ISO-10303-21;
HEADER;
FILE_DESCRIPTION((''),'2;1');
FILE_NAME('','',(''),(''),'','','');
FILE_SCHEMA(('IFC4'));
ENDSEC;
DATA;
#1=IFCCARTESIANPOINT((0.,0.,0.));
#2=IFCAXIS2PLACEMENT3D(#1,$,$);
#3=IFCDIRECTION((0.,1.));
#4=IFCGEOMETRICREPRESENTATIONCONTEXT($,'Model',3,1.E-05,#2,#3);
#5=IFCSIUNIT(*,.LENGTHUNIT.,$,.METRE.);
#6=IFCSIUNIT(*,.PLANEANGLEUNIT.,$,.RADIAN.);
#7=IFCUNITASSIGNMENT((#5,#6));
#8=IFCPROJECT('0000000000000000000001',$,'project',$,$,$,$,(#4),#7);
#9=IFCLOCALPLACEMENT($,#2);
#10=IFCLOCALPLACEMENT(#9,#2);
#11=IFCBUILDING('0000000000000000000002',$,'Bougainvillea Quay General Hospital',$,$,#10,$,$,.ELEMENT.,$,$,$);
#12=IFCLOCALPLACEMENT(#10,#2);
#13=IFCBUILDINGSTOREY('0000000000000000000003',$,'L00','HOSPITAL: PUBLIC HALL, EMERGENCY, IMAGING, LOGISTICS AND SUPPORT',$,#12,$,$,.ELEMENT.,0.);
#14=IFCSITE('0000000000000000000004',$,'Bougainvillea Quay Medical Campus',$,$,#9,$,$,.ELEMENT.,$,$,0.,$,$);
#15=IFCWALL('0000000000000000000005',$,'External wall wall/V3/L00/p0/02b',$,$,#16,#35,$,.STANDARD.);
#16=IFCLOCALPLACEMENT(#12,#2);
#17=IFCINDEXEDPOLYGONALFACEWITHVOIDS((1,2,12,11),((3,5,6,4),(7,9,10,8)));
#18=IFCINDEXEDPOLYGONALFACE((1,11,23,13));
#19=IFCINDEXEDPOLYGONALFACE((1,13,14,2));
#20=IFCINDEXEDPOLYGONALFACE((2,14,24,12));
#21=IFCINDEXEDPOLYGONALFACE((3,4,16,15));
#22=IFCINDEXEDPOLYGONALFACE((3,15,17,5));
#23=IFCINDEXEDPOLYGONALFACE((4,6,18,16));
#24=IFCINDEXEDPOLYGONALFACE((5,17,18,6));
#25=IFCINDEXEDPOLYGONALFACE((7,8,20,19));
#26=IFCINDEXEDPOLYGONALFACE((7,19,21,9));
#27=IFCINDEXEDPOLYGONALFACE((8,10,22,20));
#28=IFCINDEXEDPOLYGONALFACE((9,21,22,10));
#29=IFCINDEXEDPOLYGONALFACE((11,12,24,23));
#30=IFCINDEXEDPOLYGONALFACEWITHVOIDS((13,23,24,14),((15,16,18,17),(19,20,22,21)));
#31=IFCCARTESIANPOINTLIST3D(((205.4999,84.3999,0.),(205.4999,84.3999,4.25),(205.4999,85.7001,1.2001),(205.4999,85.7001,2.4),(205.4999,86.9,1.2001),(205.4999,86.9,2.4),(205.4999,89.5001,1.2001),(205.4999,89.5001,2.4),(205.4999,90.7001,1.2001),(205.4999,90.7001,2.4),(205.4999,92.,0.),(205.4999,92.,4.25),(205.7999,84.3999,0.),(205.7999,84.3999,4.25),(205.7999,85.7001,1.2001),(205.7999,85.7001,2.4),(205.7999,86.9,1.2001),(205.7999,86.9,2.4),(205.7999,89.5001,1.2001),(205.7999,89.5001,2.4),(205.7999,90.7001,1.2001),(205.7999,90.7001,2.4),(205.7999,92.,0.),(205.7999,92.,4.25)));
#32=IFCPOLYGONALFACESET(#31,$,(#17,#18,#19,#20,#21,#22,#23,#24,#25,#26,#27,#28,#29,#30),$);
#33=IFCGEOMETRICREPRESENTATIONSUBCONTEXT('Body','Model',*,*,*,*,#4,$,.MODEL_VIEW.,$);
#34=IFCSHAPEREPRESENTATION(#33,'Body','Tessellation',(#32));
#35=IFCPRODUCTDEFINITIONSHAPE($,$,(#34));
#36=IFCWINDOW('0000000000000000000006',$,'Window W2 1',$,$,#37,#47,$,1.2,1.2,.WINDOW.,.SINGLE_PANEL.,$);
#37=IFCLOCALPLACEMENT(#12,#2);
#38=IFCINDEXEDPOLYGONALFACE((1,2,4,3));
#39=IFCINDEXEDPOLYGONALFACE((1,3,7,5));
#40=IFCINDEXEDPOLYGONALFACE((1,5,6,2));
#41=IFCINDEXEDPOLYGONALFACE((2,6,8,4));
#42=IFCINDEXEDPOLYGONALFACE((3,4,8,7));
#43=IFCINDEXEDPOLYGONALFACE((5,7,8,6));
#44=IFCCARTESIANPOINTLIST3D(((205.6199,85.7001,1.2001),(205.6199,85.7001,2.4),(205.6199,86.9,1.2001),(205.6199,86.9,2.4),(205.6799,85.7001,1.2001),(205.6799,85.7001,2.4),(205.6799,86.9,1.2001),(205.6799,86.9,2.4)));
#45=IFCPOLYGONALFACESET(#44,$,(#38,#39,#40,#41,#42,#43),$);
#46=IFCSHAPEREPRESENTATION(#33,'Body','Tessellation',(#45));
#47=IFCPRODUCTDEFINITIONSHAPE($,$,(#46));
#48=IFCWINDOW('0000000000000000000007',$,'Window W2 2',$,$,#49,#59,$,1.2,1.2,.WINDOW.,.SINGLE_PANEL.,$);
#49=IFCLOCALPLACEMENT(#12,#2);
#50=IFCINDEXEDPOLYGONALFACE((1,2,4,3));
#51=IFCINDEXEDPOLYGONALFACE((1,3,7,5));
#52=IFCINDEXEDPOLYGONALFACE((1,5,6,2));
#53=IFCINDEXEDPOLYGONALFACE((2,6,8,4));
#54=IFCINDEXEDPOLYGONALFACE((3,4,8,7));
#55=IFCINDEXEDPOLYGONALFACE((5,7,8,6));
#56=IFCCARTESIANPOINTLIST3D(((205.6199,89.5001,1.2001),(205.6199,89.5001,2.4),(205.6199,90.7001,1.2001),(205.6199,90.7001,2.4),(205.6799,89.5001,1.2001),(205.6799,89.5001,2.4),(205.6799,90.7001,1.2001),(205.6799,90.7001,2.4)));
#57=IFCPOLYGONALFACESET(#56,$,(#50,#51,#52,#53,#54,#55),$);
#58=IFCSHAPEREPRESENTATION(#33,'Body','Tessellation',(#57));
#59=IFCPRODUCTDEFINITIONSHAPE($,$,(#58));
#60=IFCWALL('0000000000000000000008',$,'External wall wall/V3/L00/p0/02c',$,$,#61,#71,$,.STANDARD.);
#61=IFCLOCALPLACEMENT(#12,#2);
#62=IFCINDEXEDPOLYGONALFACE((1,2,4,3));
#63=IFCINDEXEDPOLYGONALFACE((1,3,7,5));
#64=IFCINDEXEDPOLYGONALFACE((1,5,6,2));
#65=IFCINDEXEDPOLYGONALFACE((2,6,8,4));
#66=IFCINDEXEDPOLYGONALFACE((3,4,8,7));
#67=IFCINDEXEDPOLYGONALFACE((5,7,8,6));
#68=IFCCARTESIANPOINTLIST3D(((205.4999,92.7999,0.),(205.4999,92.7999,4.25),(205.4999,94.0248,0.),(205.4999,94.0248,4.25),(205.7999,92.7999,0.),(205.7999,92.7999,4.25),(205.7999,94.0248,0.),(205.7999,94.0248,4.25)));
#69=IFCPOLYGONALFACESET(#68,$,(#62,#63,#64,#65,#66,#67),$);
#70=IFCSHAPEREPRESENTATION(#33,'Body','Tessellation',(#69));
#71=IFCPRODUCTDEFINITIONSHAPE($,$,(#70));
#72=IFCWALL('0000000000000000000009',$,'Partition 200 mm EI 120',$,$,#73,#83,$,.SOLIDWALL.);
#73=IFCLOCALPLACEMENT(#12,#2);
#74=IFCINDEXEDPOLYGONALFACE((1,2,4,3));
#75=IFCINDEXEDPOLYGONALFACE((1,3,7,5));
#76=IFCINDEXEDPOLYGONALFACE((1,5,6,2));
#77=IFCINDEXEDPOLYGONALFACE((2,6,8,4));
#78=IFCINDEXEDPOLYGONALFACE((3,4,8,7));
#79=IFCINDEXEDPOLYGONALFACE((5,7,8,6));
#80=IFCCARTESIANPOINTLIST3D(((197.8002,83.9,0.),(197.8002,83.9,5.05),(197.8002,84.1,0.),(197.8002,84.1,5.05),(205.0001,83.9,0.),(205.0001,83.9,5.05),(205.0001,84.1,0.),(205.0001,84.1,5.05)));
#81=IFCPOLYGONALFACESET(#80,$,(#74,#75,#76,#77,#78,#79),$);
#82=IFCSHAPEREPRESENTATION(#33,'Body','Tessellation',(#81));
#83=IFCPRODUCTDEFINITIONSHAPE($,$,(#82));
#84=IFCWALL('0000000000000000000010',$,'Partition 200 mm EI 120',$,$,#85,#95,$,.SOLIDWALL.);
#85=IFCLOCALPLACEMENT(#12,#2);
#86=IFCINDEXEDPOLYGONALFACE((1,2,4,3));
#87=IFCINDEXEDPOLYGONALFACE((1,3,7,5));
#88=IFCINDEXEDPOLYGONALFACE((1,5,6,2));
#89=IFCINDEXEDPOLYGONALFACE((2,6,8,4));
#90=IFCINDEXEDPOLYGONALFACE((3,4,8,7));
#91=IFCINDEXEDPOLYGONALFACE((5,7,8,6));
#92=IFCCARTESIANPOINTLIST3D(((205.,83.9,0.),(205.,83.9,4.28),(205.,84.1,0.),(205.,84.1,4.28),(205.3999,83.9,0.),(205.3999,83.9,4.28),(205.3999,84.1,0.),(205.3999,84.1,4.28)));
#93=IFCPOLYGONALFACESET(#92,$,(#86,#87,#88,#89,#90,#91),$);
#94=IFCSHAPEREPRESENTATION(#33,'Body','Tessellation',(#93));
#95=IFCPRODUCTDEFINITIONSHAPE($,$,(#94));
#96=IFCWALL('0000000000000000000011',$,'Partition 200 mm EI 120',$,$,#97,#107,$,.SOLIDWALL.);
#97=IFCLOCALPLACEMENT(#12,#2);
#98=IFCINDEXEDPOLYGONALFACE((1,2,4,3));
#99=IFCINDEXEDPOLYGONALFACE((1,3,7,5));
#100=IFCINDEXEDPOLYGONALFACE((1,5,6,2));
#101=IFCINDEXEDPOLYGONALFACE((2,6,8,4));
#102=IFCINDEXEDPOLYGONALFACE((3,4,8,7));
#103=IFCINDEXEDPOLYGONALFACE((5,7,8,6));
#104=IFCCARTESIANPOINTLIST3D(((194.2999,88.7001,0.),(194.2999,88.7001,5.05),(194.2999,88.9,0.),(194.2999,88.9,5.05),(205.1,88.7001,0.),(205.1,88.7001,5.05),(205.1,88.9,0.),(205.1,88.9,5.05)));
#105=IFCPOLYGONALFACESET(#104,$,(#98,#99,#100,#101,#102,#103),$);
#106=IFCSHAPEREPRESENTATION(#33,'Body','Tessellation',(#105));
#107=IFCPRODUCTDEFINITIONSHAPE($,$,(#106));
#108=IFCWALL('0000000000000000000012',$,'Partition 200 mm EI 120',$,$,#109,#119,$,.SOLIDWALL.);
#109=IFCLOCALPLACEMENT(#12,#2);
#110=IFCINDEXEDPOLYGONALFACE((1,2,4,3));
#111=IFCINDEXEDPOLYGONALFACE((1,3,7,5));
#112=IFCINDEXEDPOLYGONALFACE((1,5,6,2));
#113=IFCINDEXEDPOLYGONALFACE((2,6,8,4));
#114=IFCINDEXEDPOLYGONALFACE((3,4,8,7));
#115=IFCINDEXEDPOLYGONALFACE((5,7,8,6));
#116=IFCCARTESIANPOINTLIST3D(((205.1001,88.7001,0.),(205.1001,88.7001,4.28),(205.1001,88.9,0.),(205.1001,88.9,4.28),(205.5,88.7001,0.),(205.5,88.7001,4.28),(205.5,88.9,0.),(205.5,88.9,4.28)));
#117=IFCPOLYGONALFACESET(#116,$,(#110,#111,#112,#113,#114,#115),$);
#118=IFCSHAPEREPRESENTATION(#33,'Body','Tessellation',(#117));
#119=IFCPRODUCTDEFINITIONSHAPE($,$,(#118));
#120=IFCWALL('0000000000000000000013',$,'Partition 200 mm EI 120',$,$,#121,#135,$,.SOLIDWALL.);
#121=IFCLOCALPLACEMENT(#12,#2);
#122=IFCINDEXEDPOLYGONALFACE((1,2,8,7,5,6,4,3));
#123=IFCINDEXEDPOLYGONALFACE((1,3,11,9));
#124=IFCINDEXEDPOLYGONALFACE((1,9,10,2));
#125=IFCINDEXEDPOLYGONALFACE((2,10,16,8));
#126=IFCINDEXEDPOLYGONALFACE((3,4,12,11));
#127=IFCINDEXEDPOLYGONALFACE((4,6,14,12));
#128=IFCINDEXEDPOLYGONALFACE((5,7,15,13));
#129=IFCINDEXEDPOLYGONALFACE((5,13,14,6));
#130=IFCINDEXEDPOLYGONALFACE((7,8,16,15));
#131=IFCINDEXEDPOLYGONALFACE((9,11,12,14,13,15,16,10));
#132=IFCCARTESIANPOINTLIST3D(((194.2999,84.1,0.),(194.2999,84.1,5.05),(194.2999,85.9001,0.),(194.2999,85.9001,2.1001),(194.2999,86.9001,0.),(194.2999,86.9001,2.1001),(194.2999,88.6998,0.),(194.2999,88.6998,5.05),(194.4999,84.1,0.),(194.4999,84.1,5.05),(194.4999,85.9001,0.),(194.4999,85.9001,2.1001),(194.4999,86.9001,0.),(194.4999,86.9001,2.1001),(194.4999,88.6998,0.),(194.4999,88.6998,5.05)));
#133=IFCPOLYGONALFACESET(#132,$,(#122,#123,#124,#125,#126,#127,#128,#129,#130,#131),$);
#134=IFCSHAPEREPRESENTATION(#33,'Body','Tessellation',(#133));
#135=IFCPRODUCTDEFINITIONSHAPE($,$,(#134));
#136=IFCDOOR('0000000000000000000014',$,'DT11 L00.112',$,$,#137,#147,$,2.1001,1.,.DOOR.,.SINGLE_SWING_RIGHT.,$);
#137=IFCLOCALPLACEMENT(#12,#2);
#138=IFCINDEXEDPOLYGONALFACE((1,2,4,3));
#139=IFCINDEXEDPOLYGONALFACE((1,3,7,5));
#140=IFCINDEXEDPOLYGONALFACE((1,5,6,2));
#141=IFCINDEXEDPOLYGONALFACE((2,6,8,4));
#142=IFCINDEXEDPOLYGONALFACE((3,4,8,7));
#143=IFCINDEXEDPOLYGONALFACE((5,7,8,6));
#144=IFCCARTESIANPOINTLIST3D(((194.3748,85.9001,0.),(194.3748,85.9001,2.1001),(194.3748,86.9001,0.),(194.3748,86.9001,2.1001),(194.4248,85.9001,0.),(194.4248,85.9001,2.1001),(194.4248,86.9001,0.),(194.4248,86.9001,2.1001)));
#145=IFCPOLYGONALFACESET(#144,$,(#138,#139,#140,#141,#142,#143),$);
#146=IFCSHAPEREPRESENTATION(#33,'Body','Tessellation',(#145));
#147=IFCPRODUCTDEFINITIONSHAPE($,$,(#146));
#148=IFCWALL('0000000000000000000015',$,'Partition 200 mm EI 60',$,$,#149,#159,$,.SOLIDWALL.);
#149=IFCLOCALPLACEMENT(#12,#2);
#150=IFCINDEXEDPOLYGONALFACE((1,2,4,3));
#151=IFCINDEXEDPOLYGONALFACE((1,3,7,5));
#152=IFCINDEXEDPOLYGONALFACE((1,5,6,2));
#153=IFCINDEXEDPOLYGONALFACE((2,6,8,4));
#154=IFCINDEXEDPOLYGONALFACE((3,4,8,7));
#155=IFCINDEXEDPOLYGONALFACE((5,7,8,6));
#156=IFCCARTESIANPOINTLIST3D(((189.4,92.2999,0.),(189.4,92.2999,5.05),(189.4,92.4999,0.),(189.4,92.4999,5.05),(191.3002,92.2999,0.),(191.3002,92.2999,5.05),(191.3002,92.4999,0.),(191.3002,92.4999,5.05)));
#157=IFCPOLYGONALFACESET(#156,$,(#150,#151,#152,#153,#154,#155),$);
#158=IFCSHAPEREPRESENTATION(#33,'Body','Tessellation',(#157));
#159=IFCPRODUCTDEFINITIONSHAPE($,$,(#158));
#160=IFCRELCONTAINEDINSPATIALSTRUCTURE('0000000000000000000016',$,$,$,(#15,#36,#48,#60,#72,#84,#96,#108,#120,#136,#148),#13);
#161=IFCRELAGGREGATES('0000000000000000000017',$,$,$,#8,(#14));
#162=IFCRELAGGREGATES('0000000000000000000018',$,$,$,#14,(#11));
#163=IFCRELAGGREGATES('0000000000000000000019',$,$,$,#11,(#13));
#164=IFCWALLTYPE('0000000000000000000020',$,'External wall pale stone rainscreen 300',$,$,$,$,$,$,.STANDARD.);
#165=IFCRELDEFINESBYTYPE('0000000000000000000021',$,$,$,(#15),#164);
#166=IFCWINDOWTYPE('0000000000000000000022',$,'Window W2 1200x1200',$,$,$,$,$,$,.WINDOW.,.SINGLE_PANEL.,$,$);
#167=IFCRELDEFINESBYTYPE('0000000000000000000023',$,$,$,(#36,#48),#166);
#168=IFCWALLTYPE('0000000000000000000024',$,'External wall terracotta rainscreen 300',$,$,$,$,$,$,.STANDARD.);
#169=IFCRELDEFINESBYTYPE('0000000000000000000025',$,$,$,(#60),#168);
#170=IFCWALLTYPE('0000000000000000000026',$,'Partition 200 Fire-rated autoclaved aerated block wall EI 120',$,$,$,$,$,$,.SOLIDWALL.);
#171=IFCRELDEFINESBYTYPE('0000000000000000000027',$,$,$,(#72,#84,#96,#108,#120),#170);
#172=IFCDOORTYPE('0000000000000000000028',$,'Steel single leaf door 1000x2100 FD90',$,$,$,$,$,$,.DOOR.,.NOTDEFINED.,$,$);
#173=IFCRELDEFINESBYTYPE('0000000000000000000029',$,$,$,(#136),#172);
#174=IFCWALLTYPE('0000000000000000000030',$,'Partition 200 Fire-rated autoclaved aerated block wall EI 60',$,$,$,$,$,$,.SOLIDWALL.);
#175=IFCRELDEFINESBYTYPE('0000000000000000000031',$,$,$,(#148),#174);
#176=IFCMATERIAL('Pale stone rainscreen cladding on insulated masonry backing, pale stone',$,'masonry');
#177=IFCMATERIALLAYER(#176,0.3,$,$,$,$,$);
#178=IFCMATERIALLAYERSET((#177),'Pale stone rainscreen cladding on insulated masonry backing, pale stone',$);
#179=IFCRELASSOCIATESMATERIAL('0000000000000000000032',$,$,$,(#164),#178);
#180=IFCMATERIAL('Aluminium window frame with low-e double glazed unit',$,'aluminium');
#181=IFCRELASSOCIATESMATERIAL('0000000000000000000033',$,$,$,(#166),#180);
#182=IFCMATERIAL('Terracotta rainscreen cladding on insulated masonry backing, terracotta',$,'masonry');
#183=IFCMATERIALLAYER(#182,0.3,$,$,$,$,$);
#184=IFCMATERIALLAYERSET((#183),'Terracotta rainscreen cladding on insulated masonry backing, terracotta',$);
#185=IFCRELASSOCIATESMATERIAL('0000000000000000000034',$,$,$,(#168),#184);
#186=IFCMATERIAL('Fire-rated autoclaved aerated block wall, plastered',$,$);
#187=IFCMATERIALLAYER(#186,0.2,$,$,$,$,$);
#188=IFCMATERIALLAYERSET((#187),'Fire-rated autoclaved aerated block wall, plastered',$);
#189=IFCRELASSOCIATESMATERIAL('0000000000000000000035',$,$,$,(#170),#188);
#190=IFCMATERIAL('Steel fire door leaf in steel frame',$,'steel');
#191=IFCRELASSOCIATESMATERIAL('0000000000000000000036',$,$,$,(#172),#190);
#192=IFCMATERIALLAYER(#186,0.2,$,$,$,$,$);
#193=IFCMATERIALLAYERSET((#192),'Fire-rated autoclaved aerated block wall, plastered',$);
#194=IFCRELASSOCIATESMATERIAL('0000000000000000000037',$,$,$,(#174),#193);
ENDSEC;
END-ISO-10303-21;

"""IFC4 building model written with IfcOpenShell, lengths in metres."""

from ifc_helpers import new_model, si_unit, direction, frame, frame_2d, origin, place, context, subcontext, project, spatial, rectangle, extrude, material, layer, layer_set, type_object, element, fill, save


model = new_model("IFC4")

# Units and contexts
model_context = context("Model", 3, precision=1e-05, world=origin(), true_north=direction((0.0, 1.0)))
body_context = subcontext(model_context, "Body", "Model", "MODEL_VIEW")
ifc_project = project(units=[si_unit("LENGTHUNIT", "METRE"), si_unit("PLANEANGLEUNIT", "RADIAN")], contexts=[model_context])

# Site, building, storey
site_placement = place(None, origin())
site = spatial("IfcSite", under=ifc_project, at=site_placement, Name="Bougainvillea Quay Medical Campus", CompositionType="ELEMENT", RefElevation=0.0)
building_placement = place(site_placement, origin())
building = spatial("IfcBuilding", under=site, at=building_placement, Name="Bougainvillea Quay General Hospital", CompositionType="ELEMENT")
storey_placement = place(building_placement, origin())
storey = spatial("IfcBuildingStorey", under=building, at=storey_placement, Name="L00", Description="HOSPITAL: PUBLIC HALL, EMERGENCY, IMAGING, LOGISTICS AND SUPPORT", CompositionType="ELEMENT", Elevation=0.0)

# Wall, openings, windows
ifc_material_1 = material(Name="Pale stone rainscreen cladding on insulated masonry backing, pale stone", Category="masonry")
ifc_layer_1 = layer(ifc_material_1, 0.3)
ifc_layer_set_1 = layer_set([ifc_layer_1], Name="Pale stone rainscreen cladding on insulated masonry backing, pale stone")
wall_type_1 = type_object("IfcWallType", Name="External wall pale stone rainscreen 300", PredefinedType="STANDARD", material=ifc_layer_set_1)
wall_1_placement = place(storey_placement, frame((205.6499, 84.3999, 0.0), z_axis=(0.0, 0.0, 1.0), x_axis=(0.0, 1.0, 0.0)))
wall_1 = element("IfcWall", 1, at=wall_1_placement, inside=storey, type_object=wall_type_1, Name="External wall wall/V3/L00/p0/02b", PredefinedType="STANDARD", context=body_context, shape_type="SweptSolid", body=[
    extrude(rectangle(XDim=7.6001, YDim=0.3, at=frame_2d((3.8, 0.0))), origin(), (0.0, 0.0, 1.0), 4.25),
])
opening_1_placement = place(wall_1_placement, frame((1.3, 0.0, 1.2)))
opening_1 = element("IfcOpeningElement", 2, at=opening_1_placement, cuts=wall_1, PredefinedType="OPENING", context=body_context, shape_type="SweptSolid", body=[
    extrude(rectangle(XDim=1.2, YDim=1.2, at=frame_2d((0.6001, 0.6001))), frame((0.0, 0.1599, 0.0), z_axis=(0.0, -1.0, 0.0), x_axis=(1.0, 0.0, 0.0)), (0.0, 0.0, 1.0), 0.3201),
])
opening_2_placement = place(wall_1_placement, frame((5.1001, 0.0, 1.2)))
opening_2 = element("IfcOpeningElement", 3, at=opening_2_placement, cuts=wall_1, PredefinedType="OPENING", context=body_context, shape_type="SweptSolid", body=[
    extrude(rectangle(XDim=1.2, YDim=1.2, at=frame_2d((0.6001, 0.6001))), frame((0.0, 0.1599, 0.0), z_axis=(0.0, -1.0, 0.0), x_axis=(1.0, 0.0, 0.0)), (0.0, 0.0, 1.0), 0.3201),
])
ifc_material_2 = material(Name="Aluminium window frame with low-e double glazed unit", Category="aluminium")
window_type = type_object("IfcWindowType", Name="Window W2 1200x1200", PartitioningType="SINGLE_PANEL", PredefinedType="WINDOW", material=ifc_material_2)
window_1_placement = place(opening_1_placement, origin())
window_1 = element("IfcWindow", 4, at=window_1_placement, inside=storey, type_object=window_type, Name="Window W2 1", OverallHeight=1.2, OverallWidth=1.2, PartitioningType="SINGLE_PANEL", PredefinedType="WINDOW", context=body_context, shape_type="SweptSolid", body=[
    extrude(rectangle(XDim=1.2, YDim=1.2, at=frame_2d((0.6001, 0.6001))), frame((0.0, 0.03, 0.0), z_axis=(0.0, -1.0, 0.0), x_axis=(1.0, 0.0, 0.0)), (0.0, 0.0, 1.0), 0.0601),
])
fill(opening_1, window_1)
window_2_placement = place(opening_2_placement, origin())
window_2 = element("IfcWindow", 5, at=window_2_placement, inside=storey, type_object=window_type, Name="Window W2 2", OverallHeight=1.2, OverallWidth=1.2, PartitioningType="SINGLE_PANEL", PredefinedType="WINDOW", context=body_context, shape_type="SweptSolid", body=[
    extrude(rectangle(XDim=1.2, YDim=1.2, at=frame_2d((0.6001, 0.6001))), frame((0.0, 0.03, 0.0), z_axis=(0.0, -1.0, 0.0), x_axis=(1.0, 0.0, 0.0)), (0.0, 0.0, 1.0), 0.0601),
])
fill(opening_2, window_2)

# Walls
ifc_material_3 = material(Name="Terracotta rainscreen cladding on insulated masonry backing, terracotta", Category="masonry")
ifc_layer_2 = layer(ifc_material_3, 0.3)
ifc_layer_set_2 = layer_set([ifc_layer_2], Name="Terracotta rainscreen cladding on insulated masonry backing, terracotta")
wall_type_2 = type_object("IfcWallType", Name="External wall terracotta rainscreen 300", PredefinedType="STANDARD", material=ifc_layer_set_2)
wall_2_placement = place(storey_placement, frame((205.6499, 92.8, 0.0), z_axis=(0.0, 0.0, 1.0), x_axis=(0.0, 1.0, 0.0)))
element("IfcWall", 6, at=wall_2_placement, inside=storey, type_object=wall_type_2, Name="External wall wall/V3/L00/p0/02c", PredefinedType="STANDARD", context=body_context, shape_type="SweptSolid", body=[
    extrude(rectangle(XDim=1.2249, YDim=0.3, at=frame_2d((0.6123, 0.0))), origin(), (0.0, 0.0, 1.0), 4.25),
])
ifc_material_4 = material(Name="Fire-rated autoclaved aerated block wall, plastered")
ifc_layer_3 = layer(ifc_material_4, 0.2)
ifc_layer_set_3 = layer_set([ifc_layer_3], Name="Fire-rated autoclaved aerated block wall, plastered")
wall_type_3 = type_object("IfcWallType", Name="Partition 200 Fire-rated autoclaved aerated block wall EI 120", PredefinedType="SOLIDWALL", material=ifc_layer_set_3)
wall_3_placement = place(storey_placement, frame((197.8, 84.0, 0.0), z_axis=(0.0, 0.0, 1.0), x_axis=(1.0, 0.0, 0.0)))
element("IfcWall", 7, at=wall_3_placement, inside=storey, type_object=wall_type_3, Name="Partition 200 mm EI 120", PredefinedType="SOLIDWALL", context=body_context, shape_type="SweptSolid", body=[
    extrude(rectangle(XDim=7.2, YDim=0.2, at=frame_2d((3.6001, 0.0))), origin(), (0.0, 0.0, 1.0), 5.05),
])
wall_4_placement = place(storey_placement, frame((205.0, 84.0, 0.0), z_axis=(0.0, 0.0, 1.0), x_axis=(1.0, 0.0, 0.0)))
element("IfcWall", 8, at=wall_4_placement, inside=storey, type_object=wall_type_3, Name="Partition 200 mm EI 120", PredefinedType="SOLIDWALL", context=body_context, shape_type="SweptSolid", body=[
    extrude(rectangle(XDim=0.3999, YDim=0.2, at=frame_2d((0.2, 0.0))), origin(), (0.0, 0.0, 1.0), 4.28),
])
wall_5_placement = place(storey_placement, frame((194.3, 88.8, 0.0), z_axis=(0.0, 0.0, 1.0), x_axis=(1.0, 0.0, 0.0)))
element("IfcWall", 9, at=wall_5_placement, inside=storey, type_object=wall_type_3, Name="Partition 200 mm EI 120", PredefinedType="SOLIDWALL", context=body_context, shape_type="SweptSolid", body=[
    extrude(rectangle(XDim=10.8, YDim=0.2, at=frame_2d((5.3999, 0.0))), origin(), (0.0, 0.0, 1.0), 5.05),
])
wall_6_placement = place(storey_placement, frame((205.1001, 88.8, 0.0), z_axis=(0.0, 0.0, 1.0), x_axis=(1.0, 0.0, 0.0)))
element("IfcWall", 10, at=wall_6_placement, inside=storey, type_object=wall_type_3, Name="Partition 200 mm EI 120", PredefinedType="SOLIDWALL", context=body_context, shape_type="SweptSolid", body=[
    extrude(rectangle(XDim=0.3999, YDim=0.2, at=frame_2d((0.2, 0.0))), origin(), (0.0, 0.0, 1.0), 4.28),
])

# Wall, opening, door
wall_7_placement = place(storey_placement, frame((194.3999, 84.1001, 0.0), z_axis=(0.0, 0.0, 1.0), x_axis=(0.0, 1.0, 0.0)))
wall_7 = element("IfcWall", 11, at=wall_7_placement, inside=storey, type_object=wall_type_3, Name="Partition 200 mm EI 120", PredefinedType="SOLIDWALL", context=body_context, shape_type="SweptSolid", body=[
    extrude(rectangle(XDim=4.5999, YDim=0.2, at=frame_2d((2.2998, 0.0))), origin(), (0.0, 0.0, 1.0), 5.05),
])
opening_3_placement = place(wall_7_placement, frame((1.8, 0.0, 0.0)))
opening_3 = element("IfcOpeningElement", 12, at=opening_3_placement, cuts=wall_7, PredefinedType="OPENING", context=body_context, shape_type="SweptSolid", body=[
    extrude(rectangle(XDim=1.0, YDim=2.1001, at=frame_2d((0.5, 1.05))), frame((0.0, 0.1099, 0.0), z_axis=(0.0, -1.0, 0.0), x_axis=(1.0, 0.0, 0.0)), (0.0, 0.0, 1.0), 0.22),
])
ifc_material_5 = material(Name="Steel fire door leaf in steel frame", Category="steel")
door_type_1 = type_object("IfcDoorType", Name="Steel single leaf door 1000x2100 FD90", OperationType="NOTDEFINED", PredefinedType="DOOR", material=ifc_material_5)
door_1_placement = place(opening_3_placement, frame((1.0, 0.0, 0.0), z_axis=(0.0, 0.0, 1.0), x_axis=(-1.0, 0.0, 0.0)))
door_1 = element("IfcDoor", 13, at=door_1_placement, inside=storey, type_object=door_type_1, Name="DT11 L00.112", OperationType="SINGLE_SWING_RIGHT", OverallHeight=2.1001, OverallWidth=1.0, PredefinedType="DOOR", context=body_context, shape_type="SweptSolid", body=[
    extrude(rectangle(XDim=1.0, YDim=2.1001, at=frame_2d((0.5, 1.05))), frame((0.0, 0.0249, 0.0), z_axis=(0.0, -1.0, 0.0), x_axis=(1.0, 0.0, 0.0)), (0.0, 0.0, 1.0), 0.05),
])
fill(opening_3, door_1)

# Wall
ifc_layer_4 = layer(ifc_material_4, 0.2)
ifc_layer_set_4 = layer_set([ifc_layer_4], Name="Fire-rated autoclaved aerated block wall, plastered")
wall_type_4 = type_object("IfcWallType", Name="Partition 200 Fire-rated autoclaved aerated block wall EI 60", PredefinedType="SOLIDWALL", material=ifc_layer_set_4)
wall_8_placement = place(storey_placement, frame((189.3999, 92.3999, 0.0), z_axis=(0.0, 0.0, 1.0), x_axis=(1.0, 0.0, 0.0)))
element("IfcWall", 14, at=wall_8_placement, inside=storey, type_object=wall_type_4, Name="Partition 200 mm EI 60", PredefinedType="SOLIDWALL", context=body_context, shape_type="SweptSolid", body=[
    extrude(rectangle(XDim=1.9001, YDim=0.2, at=frame_2d((0.9502, 0.0))), origin(), (0.0, 0.0, 1.0), 5.05),
])

save(model, "model.ifc")
